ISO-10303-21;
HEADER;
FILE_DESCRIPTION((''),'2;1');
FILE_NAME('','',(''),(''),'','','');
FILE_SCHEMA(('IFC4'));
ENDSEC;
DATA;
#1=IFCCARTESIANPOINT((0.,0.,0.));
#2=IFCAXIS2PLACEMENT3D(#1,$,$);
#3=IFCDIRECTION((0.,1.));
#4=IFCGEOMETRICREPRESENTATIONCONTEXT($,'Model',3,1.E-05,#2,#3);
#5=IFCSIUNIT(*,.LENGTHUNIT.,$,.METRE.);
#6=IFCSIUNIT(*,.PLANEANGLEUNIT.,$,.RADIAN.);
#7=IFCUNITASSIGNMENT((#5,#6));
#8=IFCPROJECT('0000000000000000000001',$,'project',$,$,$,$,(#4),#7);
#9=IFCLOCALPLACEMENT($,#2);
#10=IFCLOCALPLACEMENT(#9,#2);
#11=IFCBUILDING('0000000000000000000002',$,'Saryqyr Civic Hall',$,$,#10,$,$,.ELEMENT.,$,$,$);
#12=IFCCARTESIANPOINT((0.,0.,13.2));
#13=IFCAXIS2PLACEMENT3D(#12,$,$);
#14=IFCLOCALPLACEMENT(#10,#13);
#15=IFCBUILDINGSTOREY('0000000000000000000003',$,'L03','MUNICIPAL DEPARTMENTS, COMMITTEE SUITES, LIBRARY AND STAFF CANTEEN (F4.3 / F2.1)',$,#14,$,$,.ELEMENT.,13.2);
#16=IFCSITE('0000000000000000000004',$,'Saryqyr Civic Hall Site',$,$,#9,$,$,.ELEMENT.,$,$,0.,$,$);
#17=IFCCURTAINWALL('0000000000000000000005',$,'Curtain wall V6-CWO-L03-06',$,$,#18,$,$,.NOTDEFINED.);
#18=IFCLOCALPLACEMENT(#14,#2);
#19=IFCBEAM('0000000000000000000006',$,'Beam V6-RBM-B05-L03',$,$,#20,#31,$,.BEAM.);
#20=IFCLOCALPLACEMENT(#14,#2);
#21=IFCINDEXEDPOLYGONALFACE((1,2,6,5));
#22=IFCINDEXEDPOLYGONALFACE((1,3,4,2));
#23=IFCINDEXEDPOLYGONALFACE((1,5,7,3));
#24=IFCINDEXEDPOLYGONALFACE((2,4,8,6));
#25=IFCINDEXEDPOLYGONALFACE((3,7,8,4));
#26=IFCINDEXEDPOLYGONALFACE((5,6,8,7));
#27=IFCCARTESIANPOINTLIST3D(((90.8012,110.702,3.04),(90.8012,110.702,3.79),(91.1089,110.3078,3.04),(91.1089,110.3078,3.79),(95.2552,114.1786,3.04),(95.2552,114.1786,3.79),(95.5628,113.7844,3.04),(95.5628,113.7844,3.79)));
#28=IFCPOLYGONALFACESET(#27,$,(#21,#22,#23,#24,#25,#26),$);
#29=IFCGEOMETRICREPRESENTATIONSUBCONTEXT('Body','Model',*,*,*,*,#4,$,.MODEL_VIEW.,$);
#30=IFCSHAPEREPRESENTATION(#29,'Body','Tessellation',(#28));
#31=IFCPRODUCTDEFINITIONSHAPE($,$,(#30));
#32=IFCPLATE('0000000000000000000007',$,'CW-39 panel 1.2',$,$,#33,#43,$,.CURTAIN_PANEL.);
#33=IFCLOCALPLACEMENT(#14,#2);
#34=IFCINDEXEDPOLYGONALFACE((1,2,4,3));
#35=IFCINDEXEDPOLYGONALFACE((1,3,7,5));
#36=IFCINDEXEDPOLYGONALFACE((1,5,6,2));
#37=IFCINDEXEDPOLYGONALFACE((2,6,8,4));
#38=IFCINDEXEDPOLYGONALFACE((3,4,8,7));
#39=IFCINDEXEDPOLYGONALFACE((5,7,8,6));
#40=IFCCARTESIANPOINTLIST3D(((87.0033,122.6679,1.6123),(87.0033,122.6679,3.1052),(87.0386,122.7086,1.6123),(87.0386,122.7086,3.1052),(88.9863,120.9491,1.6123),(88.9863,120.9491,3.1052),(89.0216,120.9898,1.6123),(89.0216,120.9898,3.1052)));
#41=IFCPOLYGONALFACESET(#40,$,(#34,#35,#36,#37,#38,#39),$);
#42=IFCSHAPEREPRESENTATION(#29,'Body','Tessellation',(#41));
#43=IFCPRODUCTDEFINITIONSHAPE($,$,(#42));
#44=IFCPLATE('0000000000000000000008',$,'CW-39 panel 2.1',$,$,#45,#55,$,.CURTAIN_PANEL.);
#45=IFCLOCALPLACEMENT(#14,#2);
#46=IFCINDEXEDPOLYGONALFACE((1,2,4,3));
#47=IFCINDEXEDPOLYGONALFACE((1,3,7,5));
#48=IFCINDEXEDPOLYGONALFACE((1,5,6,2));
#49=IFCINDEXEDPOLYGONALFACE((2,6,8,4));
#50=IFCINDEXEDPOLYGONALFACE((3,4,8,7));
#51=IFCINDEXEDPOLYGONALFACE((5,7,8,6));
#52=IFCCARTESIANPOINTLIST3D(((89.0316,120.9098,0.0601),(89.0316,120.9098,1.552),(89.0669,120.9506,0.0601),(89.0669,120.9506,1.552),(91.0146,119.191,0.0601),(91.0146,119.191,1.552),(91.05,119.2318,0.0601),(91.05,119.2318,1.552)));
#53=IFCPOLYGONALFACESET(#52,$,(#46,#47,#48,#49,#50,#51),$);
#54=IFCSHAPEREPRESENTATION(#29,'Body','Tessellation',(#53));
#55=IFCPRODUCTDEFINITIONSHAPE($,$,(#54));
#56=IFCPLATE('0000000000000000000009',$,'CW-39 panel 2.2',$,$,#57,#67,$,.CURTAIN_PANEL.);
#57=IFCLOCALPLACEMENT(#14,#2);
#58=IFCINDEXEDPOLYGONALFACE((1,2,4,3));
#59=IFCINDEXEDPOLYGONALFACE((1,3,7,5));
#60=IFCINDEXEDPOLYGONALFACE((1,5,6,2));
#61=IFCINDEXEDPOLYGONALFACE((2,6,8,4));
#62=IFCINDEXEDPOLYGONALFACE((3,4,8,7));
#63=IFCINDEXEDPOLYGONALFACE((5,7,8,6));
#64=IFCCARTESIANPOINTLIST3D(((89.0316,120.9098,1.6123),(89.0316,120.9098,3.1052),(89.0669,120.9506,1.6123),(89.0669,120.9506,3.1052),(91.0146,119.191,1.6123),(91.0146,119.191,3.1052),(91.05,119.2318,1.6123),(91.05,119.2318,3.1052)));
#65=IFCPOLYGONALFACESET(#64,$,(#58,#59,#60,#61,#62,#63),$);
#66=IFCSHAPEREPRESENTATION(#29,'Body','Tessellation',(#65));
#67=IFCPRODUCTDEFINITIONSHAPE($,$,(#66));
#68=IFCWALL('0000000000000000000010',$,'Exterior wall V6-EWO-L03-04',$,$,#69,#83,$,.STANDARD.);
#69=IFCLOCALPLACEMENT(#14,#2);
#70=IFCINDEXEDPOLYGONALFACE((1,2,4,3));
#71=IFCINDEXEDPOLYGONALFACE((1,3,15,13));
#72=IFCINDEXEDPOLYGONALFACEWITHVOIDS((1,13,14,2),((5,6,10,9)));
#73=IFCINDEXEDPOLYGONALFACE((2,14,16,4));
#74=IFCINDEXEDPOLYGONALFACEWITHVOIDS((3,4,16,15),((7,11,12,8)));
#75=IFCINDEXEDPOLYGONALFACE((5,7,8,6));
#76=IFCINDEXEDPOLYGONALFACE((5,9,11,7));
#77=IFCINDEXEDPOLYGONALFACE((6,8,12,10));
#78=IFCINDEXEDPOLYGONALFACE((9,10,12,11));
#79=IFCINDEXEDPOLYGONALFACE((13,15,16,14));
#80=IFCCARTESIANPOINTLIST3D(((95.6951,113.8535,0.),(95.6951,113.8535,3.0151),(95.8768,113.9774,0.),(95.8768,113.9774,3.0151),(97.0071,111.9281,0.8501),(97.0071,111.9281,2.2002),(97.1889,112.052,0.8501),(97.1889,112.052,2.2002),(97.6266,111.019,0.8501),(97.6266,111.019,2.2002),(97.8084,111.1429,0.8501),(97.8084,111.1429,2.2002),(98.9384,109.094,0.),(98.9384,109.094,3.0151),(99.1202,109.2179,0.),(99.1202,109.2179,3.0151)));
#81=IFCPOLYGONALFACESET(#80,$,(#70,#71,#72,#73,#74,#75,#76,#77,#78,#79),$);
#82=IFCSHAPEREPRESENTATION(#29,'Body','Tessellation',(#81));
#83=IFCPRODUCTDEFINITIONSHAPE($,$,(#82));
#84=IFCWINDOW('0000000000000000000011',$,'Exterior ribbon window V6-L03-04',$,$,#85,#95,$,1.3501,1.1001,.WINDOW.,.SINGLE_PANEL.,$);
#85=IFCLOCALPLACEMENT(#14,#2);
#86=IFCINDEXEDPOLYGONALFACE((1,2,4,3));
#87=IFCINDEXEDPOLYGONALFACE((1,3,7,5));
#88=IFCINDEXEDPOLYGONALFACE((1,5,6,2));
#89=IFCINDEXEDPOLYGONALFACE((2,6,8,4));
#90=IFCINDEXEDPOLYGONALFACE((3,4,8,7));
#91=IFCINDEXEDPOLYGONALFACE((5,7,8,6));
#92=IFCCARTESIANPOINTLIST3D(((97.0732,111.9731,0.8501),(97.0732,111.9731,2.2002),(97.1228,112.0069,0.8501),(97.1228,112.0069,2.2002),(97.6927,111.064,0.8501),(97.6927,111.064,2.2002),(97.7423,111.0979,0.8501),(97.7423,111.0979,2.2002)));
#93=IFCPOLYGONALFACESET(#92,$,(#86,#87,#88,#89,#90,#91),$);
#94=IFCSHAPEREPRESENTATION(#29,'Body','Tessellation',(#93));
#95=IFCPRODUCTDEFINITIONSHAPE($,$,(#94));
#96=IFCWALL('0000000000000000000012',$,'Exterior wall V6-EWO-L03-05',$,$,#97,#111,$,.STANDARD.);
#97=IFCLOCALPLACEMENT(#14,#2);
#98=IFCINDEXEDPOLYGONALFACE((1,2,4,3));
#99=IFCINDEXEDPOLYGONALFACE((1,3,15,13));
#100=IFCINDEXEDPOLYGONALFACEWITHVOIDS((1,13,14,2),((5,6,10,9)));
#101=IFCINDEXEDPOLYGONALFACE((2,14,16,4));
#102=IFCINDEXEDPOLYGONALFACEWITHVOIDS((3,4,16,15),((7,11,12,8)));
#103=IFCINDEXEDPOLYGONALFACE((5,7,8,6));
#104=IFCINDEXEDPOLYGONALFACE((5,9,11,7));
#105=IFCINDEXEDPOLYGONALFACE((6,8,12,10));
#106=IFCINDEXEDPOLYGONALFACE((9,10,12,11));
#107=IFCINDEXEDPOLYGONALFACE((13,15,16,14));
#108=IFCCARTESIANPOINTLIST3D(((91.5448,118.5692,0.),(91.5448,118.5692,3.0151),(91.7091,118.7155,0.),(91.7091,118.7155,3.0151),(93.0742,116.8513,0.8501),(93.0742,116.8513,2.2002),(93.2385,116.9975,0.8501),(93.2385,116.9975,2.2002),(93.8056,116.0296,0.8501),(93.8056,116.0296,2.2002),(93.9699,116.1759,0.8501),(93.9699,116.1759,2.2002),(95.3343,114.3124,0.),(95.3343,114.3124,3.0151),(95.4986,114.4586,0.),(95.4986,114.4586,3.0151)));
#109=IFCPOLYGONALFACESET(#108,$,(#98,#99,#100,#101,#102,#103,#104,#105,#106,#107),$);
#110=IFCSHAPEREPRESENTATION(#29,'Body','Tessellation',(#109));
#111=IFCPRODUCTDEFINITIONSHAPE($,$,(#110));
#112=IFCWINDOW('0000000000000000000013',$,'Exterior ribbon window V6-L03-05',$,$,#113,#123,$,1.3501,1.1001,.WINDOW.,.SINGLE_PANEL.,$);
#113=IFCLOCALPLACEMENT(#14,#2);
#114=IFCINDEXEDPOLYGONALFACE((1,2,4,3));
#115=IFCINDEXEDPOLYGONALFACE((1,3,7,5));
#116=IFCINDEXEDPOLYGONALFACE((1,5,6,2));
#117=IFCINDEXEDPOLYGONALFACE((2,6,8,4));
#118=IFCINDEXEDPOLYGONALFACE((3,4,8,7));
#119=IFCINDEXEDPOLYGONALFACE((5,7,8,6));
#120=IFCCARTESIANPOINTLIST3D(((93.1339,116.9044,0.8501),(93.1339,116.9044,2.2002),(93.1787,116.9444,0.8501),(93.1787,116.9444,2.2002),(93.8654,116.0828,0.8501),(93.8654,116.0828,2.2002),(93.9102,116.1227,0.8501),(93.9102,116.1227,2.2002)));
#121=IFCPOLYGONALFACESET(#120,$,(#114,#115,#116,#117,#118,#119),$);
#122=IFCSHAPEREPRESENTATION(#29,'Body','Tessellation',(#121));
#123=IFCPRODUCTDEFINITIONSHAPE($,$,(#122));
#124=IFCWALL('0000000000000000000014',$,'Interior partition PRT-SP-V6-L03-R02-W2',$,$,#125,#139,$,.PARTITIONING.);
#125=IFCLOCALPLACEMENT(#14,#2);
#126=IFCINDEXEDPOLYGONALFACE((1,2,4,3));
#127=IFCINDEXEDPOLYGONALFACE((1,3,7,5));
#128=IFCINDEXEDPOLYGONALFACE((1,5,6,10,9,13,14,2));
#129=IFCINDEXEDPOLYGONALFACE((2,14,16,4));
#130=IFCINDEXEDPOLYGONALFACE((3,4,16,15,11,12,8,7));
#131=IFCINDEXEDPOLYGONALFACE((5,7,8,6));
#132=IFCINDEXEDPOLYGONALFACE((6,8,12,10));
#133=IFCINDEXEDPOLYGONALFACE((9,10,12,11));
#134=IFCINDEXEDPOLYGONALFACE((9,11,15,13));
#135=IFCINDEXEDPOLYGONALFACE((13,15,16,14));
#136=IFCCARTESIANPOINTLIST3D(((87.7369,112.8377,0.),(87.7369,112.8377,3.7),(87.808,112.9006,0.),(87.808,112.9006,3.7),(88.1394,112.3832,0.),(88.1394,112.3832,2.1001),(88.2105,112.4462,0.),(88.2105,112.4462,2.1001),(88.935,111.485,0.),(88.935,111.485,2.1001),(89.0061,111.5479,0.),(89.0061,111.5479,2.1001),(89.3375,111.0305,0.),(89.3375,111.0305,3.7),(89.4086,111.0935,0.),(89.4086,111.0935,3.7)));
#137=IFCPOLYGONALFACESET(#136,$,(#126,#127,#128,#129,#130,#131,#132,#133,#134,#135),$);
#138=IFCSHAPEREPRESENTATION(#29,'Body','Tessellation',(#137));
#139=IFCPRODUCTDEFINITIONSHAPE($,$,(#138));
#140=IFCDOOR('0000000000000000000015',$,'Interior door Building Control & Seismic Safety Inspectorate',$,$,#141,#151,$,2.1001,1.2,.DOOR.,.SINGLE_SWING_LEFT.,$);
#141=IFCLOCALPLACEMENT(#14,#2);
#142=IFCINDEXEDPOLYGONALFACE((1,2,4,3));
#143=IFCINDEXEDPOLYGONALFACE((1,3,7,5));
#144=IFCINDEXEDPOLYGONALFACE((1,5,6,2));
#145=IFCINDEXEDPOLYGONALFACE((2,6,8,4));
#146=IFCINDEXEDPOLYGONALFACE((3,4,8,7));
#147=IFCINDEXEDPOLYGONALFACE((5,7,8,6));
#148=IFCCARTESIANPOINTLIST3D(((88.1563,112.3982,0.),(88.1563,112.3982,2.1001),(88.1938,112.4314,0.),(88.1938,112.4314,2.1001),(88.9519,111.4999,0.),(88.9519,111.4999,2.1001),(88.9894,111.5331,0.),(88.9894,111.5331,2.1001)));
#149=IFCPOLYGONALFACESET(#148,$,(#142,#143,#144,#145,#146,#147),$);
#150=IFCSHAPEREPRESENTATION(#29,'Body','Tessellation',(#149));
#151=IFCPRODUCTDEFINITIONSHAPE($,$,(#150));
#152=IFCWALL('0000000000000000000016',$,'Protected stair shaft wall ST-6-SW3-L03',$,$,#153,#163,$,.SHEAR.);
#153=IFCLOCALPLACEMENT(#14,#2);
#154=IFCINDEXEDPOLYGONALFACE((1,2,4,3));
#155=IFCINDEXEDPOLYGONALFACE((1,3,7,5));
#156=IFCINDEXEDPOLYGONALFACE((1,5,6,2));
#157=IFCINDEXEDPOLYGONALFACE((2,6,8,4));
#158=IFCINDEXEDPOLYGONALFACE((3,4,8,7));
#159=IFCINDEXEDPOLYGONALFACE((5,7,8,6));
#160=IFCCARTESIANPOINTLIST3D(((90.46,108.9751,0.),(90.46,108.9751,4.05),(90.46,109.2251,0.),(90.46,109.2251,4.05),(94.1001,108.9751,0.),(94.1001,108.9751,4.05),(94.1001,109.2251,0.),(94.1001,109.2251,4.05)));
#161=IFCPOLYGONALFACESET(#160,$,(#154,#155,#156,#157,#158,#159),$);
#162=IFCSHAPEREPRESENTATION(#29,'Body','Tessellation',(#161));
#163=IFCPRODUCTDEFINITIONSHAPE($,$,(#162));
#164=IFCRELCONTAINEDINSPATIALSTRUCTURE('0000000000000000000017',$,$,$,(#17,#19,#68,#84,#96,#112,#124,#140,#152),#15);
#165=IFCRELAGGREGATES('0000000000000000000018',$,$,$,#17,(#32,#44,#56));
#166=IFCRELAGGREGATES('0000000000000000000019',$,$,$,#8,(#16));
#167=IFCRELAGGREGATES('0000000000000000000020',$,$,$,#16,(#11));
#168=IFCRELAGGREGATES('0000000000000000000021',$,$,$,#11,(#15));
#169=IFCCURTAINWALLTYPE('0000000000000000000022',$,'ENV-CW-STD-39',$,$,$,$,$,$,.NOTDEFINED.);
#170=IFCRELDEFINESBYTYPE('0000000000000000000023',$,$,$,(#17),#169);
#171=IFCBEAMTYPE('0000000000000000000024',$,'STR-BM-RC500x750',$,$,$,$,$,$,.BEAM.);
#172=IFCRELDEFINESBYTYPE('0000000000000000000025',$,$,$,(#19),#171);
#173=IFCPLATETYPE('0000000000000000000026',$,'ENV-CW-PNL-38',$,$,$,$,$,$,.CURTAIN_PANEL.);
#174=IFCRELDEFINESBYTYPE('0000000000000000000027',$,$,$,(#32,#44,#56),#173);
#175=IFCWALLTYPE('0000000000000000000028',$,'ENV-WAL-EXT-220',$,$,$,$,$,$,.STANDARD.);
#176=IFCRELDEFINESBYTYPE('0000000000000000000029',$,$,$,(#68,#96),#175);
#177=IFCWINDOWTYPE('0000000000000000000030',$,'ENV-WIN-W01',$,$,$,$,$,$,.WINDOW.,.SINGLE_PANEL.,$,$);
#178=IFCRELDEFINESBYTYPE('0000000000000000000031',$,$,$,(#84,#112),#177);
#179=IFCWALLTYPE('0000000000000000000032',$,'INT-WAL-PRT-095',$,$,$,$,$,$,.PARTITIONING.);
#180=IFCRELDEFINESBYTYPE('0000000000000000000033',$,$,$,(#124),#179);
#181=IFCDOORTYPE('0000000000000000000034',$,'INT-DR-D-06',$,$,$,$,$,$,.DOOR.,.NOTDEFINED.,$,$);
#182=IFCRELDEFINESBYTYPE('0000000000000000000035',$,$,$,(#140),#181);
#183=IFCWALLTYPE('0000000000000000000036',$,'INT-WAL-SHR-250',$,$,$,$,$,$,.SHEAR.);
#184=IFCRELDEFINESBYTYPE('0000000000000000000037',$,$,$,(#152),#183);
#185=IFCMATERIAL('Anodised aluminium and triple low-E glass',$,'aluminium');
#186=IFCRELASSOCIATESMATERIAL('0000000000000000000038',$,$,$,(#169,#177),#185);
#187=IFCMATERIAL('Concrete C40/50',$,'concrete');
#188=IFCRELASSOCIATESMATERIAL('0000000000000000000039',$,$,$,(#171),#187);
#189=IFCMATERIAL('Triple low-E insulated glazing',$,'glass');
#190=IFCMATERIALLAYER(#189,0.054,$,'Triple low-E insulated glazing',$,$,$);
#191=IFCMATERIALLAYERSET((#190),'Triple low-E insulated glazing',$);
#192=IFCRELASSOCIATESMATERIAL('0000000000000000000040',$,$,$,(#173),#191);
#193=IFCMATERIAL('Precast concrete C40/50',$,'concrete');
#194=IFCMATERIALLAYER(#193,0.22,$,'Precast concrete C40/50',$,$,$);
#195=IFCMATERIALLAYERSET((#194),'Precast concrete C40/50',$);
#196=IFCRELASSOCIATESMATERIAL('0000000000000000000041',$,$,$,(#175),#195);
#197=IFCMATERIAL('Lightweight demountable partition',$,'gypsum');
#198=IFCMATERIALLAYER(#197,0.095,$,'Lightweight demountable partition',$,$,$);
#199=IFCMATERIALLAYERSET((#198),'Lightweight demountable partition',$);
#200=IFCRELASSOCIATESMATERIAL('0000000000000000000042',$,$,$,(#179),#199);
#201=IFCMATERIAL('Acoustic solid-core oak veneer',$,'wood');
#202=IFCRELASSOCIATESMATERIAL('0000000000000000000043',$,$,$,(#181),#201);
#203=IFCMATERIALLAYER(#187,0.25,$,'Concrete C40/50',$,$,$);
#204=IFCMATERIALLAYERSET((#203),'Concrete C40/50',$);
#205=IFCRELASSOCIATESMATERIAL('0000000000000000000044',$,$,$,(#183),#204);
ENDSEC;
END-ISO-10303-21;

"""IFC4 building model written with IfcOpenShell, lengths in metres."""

from ifc_helpers import new_model, si_unit, direction, frame, frame_2d, origin, origin_2d, place, context, subcontext, project, spatial, rectangle, extrude, material, layer, layer_set, material_profile, profile_set, type_object, element, fill, aggregate, save


model = new_model("IFC4")

# Units and contexts
model_context = context("Model", 3, precision=1e-05, world=origin(), true_north=direction((0.0, 1.0)))
body_context = subcontext(model_context, "Body", "Model", "MODEL_VIEW")
ifc_project = project(units=[si_unit("LENGTHUNIT", "METRE"), si_unit("PLANEANGLEUNIT", "RADIAN")], contexts=[model_context])

# Site, building, storey
site_placement = place(None, origin())
site = spatial("IfcSite", under=ifc_project, at=site_placement, Name="Saryqyr Civic Hall Site", CompositionType="ELEMENT", RefElevation=0.0)
building_placement = place(site_placement, origin())
building = spatial("IfcBuilding", under=site, at=building_placement, Name="Saryqyr Civic Hall", CompositionType="ELEMENT")
storey_placement = place(building_placement, frame((0.0, 0.0, 13.2)))
storey = spatial("IfcBuildingStorey", under=building, at=storey_placement, Name="L03", Description="MUNICIPAL DEPARTMENTS, COMMITTEE SUITES, LIBRARY AND STAFF CANTEEN (F4.3 / F2.1)", CompositionType="ELEMENT", Elevation=13.2)

# Shared definitions
ifc_material_1 = material(Name="Concrete C40/50", Category="concrete")

# Curtain wall
ifc_material_2 = material(Name="Anodised aluminium and triple low-E glass", Category="aluminium")
curtain_wall_type = type_object("IfcCurtainWallType", Name="ENV-CW-STD-39", PredefinedType="NOTDEFINED", material=ifc_material_2)
curtain_wall_placement = place(storey_placement, origin())
curtain_wall = element("IfcCurtainWall", 1, at=curtain_wall_placement, inside=storey, type_object=curtain_wall_type, Name="Curtain wall V6-CWO-L03-06", PredefinedType="NOTDEFINED")

# Beam
ifc_material_profile_1 = material_profile(ifc_material_1, rectangle(XDim=0.5, YDim=0.75, at=origin_2d()), Name="RC 500x750")
ifc_profile_set_1 = profile_set([ifc_material_profile_1], Name="Concrete C40/50")
beam_type_1 = type_object("IfcBeamType", Name="STR-BM-RC500x750", PredefinedType="BEAM", material=ifc_profile_set_1)
beam_1_placement = place(storey_placement, frame((90.9551, 110.5049, 3.415), z_axis=(0.788283, 0.615313, 0.0), x_axis=(-0.615313, 0.788283, 0.0)))
element("IfcBeam", 2, at=beam_1_placement, inside=storey, type_object=beam_type_1, Name="Beam V6-RBM-B05-L03", PredefinedType="BEAM", context=body_context, shape_type="SweptSolid", body=[
    extrude(rectangle(XDim=0.5, YDim=0.75, at=origin_2d()), origin(), (0.0, 0.0, 1.0), 5.6501),
])

# Plates
ifc_material_3 = material(Name="Triple low-E insulated glazing", Category="glass")
ifc_layer_1 = layer(ifc_material_3, 0.054, Name="Triple low-E insulated glazing")
ifc_layer_set_1 = layer_set([ifc_layer_1], Name="Triple low-E insulated glazing")
plate_type = type_object("IfcPlateType", Name="ENV-CW-PNL-38", PredefinedType="CURTAIN_PANEL", material=ifc_layer_set_1)
plate_1_placement = place(storey_placement, frame((88.0125, 121.8289, 1.6123), z_axis=(0.0, 0.0, 1.0), x_axis=(0.755657, -0.654967, 0.0)))
plate_1 = element("IfcPlate", 3, at=plate_1_placement, type_object=plate_type, Name="CW-39 panel 1.2", PredefinedType="CURTAIN_PANEL", context=body_context, shape_type="SweptSolid", body=[
    extrude(rectangle(XDim=2.6243, YDim=0.054, at=origin_2d()), origin(), (0.0, 0.0, 1.0), 1.4929),
])
plate_2_placement = place(storey_placement, frame((90.0408, 120.0708, 0.0601), z_axis=(0.0, 0.0, 1.0), x_axis=(0.755657, -0.654967, 0.0)))
plate_2 = element("IfcPlate", 4, at=plate_2_placement, type_object=plate_type, Name="CW-39 panel 2.1", PredefinedType="CURTAIN_PANEL", context=body_context, shape_type="SweptSolid", body=[
    extrude(rectangle(XDim=2.6243, YDim=0.054, at=origin_2d()), origin(), (0.0, 0.0, 1.0), 1.4919),
])
plate_3_placement = place(storey_placement, frame((90.0408, 120.0708, 1.6123), z_axis=(0.0, 0.0, 1.0), x_axis=(0.755657, -0.654967, 0.0)))
plate_3 = element("IfcPlate", 5, at=plate_3_placement, type_object=plate_type, Name="CW-39 panel 2.2", PredefinedType="CURTAIN_PANEL", context=body_context, shape_type="SweptSolid", body=[
    extrude(rectangle(XDim=2.6243, YDim=0.054, at=origin_2d()), origin(), (0.0, 0.0, 1.0), 1.4929),
])
aggregate(curtain_wall, [plate_1, plate_2, plate_3])

# Walls, openings, windows
ifc_material_4 = material(Name="Precast concrete C40/50", Category="concrete")
ifc_layer_2 = layer(ifc_material_4, 0.22, Name="Precast concrete C40/50")
ifc_layer_set_2 = layer_set([ifc_layer_2], Name="Precast concrete C40/50")
wall_type_1 = type_object("IfcWallType", Name="ENV-WAL-EXT-220", PredefinedType="STANDARD", material=ifc_layer_set_2)
wall_1_placement = place(storey_placement, frame((95.7859, 113.9155, 0.0), z_axis=(0.0, 0.0, 1.0), x_axis=(0.563133, -0.826366, 0.0)))
wall_1 = element("IfcWall", 6, at=wall_1_placement, inside=storey, type_object=wall_type_1, Name="Exterior wall V6-EWO-L03-04", PredefinedType="STANDARD", context=body_context, shape_type="SweptSolid", body=[
    extrude(rectangle(XDim=5.7595, YDim=0.22, at=frame_2d((2.8799, 0.0))), origin(), (0.0, 0.0, 1.0), 3.0151),
])
opening_1_placement = place(wall_1_placement, frame((2.3301, 0.0, 0.8501)))
opening_1 = element("IfcOpeningElement", 7, at=opening_1_placement, cuts=wall_1, PredefinedType="OPENING", context=body_context, shape_type="SweptSolid", body=[
    extrude(rectangle(XDim=1.1001, YDim=1.3501, at=frame_2d((0.55, 0.675))), frame((0.0, 0.1199, 0.0), z_axis=(0.0, -1.0, 0.0), x_axis=(1.0, 0.0, 0.0)), (0.0, 0.0, 1.0), 0.24),
])
window_type = type_object("IfcWindowType", Name="ENV-WIN-W01", PartitioningType="SINGLE_PANEL", PredefinedType="WINDOW", material=ifc_material_2)
window_1_placement = place(opening_1_placement, origin())
window_1 = element("IfcWindow", 8, at=window_1_placement, inside=storey, type_object=window_type, Name="Exterior ribbon window V6-L03-04", OverallHeight=1.3501, OverallWidth=1.1001, PartitioningType="SINGLE_PANEL", PredefinedType="WINDOW", context=body_context, shape_type="SweptSolid", body=[
    extrude(rectangle(XDim=1.1001, YDim=1.3501, at=frame_2d((0.55, 0.675))), frame((0.0, 0.03, 0.0), z_axis=(0.0, -1.0, 0.0), x_axis=(1.0, 0.0, 0.0)), (0.0, 0.0, 1.0), 0.0601),
])
fill(opening_1, window_1)
wall_2_placement = place(storey_placement, frame((91.627, 118.6423, 0.0), z_axis=(0.0, 0.0, 1.0), x_axis=(0.664922, -0.746913, 0.0)))
wall_2 = element("IfcWall", 9, at=wall_2_placement, inside=storey, type_object=wall_type_1, Name="Exterior wall V6-EWO-L03-05", PredefinedType="STANDARD", context=body_context, shape_type="SweptSolid", body=[
    extrude(rectangle(XDim=5.6992, YDim=0.22, at=frame_2d((2.8496, 0.0))), origin(), (0.0, 0.0, 1.0), 3.0151),
])
opening_2_placement = place(wall_2_placement, frame((2.3, 0.0, 0.8501)))
opening_2 = element("IfcOpeningElement", 10, at=opening_2_placement, cuts=wall_2, PredefinedType="OPENING", context=body_context, shape_type="SweptSolid", body=[
    extrude(rectangle(XDim=1.1001, YDim=1.3501, at=frame_2d((0.55, 0.675))), frame((0.0, 0.1199, 0.0), z_axis=(0.0, -1.0, 0.0), x_axis=(1.0, 0.0, 0.0)), (0.0, 0.0, 1.0), 0.24),
])
window_2_placement = place(opening_2_placement, origin())
window_2 = element("IfcWindow", 11, at=window_2_placement, inside=storey, type_object=window_type, Name="Exterior ribbon window V6-L03-05", OverallHeight=1.3501, OverallWidth=1.1001, PartitioningType="SINGLE_PANEL", PredefinedType="WINDOW", context=body_context, shape_type="SweptSolid", body=[
    extrude(rectangle(XDim=1.1001, YDim=1.3501, at=frame_2d((0.55, 0.675))), frame((0.0, 0.03, 0.0), z_axis=(0.0, -1.0, 0.0), x_axis=(1.0, 0.0, 0.0)), (0.0, 0.0, 1.0), 0.0601),
])
fill(opening_2, window_2)

# Wall, opening, door
ifc_material_5 = material(Name="Lightweight demountable partition", Category="gypsum")
ifc_layer_3 = layer(ifc_material_5, 0.095, Name="Lightweight demountable partition")
ifc_layer_set_3 = layer_set([ifc_layer_3], Name="Lightweight demountable partition")
wall_type_2 = type_object("IfcWallType", Name="INT-WAL-PRT-095", PredefinedType="PARTITIONING", material=ifc_layer_set_3)
wall_3_placement = place(storey_placement, frame((89.373, 111.062, 0.0), z_axis=(0.0, 0.0, 1.0), x_axis=(-0.663032, 0.748591, 0.0)))
wall_3 = element("IfcWall", 12, at=wall_3_placement, inside=storey, type_object=wall_type_2, Name="Interior partition PRT-SP-V6-L03-R02-W2", PredefinedType="PARTITIONING", context=body_context, shape_type="SweptSolid", body=[
    extrude(rectangle(XDim=2.4141, YDim=0.095, at=frame_2d((1.207, 0.0))), origin(), (0.0, 0.0, 1.0), 3.7),
])
opening_3_placement = place(wall_3_placement, frame((0.6069, 0.0, 0.0)))
opening_3 = element("IfcOpeningElement", 13, at=opening_3_placement, cuts=wall_3, PredefinedType="OPENING", context=body_context, shape_type="SweptSolid", body=[
    extrude(rectangle(XDim=1.2, YDim=2.1001, at=frame_2d((0.6001, 1.05))), frame((0.0, 0.0574, 0.0), z_axis=(0.0, -1.0, 0.0), x_axis=(1.0, 0.0, 0.0)), (0.0, 0.0, 1.0), 0.115),
])
ifc_material_6 = material(Name="Acoustic solid-core oak veneer", Category="wood")
door_type = type_object("IfcDoorType", Name="INT-DR-D-06", OperationType="NOTDEFINED", PredefinedType="DOOR", material=ifc_material_6)
door_placement = place(opening_3_placement, origin())
door = element("IfcDoor", 14, at=door_placement, inside=storey, type_object=door_type, Name="Interior door Building Control & Seismic Safety Inspectorate", OperationType="SINGLE_SWING_LEFT", OverallHeight=2.1001, OverallWidth=1.2, PredefinedType="DOOR", context=body_context, shape_type="SweptSolid", body=[
    extrude(rectangle(XDim=1.2, YDim=2.1001, at=frame_2d((0.6001, 1.05))), frame((0.0, 0.0249, 0.0), z_axis=(0.0, -1.0, 0.0), x_axis=(1.0, 0.0, 0.0)), (0.0, 0.0, 1.0), 0.05),
])
fill(opening_3, door)

# Wall
ifc_layer_4 = layer(ifc_material_1, 0.25, Name="Concrete C40/50")
ifc_layer_set_4 = layer_set([ifc_layer_4], Name="Concrete C40/50")
wall_type_3 = type_object("IfcWallType", Name="INT-WAL-SHR-250", PredefinedType="SHEAR", material=ifc_layer_set_4)
wall_4_placement = place(storey_placement, frame((90.46, 109.1001, 0.0), z_axis=(0.0, 0.0, 1.0), x_axis=(1.0, 0.0, 0.0)))
element("IfcWall", 15, at=wall_4_placement, inside=storey, type_object=wall_type_3, Name="Protected stair shaft wall ST-6-SW3-L03", PredefinedType="SHEAR", context=body_context, shape_type="SweptSolid", body=[
    extrude(rectangle(XDim=3.6401, YDim=0.25, at=frame_2d((1.8201, 0.0))), origin(), (0.0, 0.0, 1.0), 4.05),
])

save(model, "model.ifc")
